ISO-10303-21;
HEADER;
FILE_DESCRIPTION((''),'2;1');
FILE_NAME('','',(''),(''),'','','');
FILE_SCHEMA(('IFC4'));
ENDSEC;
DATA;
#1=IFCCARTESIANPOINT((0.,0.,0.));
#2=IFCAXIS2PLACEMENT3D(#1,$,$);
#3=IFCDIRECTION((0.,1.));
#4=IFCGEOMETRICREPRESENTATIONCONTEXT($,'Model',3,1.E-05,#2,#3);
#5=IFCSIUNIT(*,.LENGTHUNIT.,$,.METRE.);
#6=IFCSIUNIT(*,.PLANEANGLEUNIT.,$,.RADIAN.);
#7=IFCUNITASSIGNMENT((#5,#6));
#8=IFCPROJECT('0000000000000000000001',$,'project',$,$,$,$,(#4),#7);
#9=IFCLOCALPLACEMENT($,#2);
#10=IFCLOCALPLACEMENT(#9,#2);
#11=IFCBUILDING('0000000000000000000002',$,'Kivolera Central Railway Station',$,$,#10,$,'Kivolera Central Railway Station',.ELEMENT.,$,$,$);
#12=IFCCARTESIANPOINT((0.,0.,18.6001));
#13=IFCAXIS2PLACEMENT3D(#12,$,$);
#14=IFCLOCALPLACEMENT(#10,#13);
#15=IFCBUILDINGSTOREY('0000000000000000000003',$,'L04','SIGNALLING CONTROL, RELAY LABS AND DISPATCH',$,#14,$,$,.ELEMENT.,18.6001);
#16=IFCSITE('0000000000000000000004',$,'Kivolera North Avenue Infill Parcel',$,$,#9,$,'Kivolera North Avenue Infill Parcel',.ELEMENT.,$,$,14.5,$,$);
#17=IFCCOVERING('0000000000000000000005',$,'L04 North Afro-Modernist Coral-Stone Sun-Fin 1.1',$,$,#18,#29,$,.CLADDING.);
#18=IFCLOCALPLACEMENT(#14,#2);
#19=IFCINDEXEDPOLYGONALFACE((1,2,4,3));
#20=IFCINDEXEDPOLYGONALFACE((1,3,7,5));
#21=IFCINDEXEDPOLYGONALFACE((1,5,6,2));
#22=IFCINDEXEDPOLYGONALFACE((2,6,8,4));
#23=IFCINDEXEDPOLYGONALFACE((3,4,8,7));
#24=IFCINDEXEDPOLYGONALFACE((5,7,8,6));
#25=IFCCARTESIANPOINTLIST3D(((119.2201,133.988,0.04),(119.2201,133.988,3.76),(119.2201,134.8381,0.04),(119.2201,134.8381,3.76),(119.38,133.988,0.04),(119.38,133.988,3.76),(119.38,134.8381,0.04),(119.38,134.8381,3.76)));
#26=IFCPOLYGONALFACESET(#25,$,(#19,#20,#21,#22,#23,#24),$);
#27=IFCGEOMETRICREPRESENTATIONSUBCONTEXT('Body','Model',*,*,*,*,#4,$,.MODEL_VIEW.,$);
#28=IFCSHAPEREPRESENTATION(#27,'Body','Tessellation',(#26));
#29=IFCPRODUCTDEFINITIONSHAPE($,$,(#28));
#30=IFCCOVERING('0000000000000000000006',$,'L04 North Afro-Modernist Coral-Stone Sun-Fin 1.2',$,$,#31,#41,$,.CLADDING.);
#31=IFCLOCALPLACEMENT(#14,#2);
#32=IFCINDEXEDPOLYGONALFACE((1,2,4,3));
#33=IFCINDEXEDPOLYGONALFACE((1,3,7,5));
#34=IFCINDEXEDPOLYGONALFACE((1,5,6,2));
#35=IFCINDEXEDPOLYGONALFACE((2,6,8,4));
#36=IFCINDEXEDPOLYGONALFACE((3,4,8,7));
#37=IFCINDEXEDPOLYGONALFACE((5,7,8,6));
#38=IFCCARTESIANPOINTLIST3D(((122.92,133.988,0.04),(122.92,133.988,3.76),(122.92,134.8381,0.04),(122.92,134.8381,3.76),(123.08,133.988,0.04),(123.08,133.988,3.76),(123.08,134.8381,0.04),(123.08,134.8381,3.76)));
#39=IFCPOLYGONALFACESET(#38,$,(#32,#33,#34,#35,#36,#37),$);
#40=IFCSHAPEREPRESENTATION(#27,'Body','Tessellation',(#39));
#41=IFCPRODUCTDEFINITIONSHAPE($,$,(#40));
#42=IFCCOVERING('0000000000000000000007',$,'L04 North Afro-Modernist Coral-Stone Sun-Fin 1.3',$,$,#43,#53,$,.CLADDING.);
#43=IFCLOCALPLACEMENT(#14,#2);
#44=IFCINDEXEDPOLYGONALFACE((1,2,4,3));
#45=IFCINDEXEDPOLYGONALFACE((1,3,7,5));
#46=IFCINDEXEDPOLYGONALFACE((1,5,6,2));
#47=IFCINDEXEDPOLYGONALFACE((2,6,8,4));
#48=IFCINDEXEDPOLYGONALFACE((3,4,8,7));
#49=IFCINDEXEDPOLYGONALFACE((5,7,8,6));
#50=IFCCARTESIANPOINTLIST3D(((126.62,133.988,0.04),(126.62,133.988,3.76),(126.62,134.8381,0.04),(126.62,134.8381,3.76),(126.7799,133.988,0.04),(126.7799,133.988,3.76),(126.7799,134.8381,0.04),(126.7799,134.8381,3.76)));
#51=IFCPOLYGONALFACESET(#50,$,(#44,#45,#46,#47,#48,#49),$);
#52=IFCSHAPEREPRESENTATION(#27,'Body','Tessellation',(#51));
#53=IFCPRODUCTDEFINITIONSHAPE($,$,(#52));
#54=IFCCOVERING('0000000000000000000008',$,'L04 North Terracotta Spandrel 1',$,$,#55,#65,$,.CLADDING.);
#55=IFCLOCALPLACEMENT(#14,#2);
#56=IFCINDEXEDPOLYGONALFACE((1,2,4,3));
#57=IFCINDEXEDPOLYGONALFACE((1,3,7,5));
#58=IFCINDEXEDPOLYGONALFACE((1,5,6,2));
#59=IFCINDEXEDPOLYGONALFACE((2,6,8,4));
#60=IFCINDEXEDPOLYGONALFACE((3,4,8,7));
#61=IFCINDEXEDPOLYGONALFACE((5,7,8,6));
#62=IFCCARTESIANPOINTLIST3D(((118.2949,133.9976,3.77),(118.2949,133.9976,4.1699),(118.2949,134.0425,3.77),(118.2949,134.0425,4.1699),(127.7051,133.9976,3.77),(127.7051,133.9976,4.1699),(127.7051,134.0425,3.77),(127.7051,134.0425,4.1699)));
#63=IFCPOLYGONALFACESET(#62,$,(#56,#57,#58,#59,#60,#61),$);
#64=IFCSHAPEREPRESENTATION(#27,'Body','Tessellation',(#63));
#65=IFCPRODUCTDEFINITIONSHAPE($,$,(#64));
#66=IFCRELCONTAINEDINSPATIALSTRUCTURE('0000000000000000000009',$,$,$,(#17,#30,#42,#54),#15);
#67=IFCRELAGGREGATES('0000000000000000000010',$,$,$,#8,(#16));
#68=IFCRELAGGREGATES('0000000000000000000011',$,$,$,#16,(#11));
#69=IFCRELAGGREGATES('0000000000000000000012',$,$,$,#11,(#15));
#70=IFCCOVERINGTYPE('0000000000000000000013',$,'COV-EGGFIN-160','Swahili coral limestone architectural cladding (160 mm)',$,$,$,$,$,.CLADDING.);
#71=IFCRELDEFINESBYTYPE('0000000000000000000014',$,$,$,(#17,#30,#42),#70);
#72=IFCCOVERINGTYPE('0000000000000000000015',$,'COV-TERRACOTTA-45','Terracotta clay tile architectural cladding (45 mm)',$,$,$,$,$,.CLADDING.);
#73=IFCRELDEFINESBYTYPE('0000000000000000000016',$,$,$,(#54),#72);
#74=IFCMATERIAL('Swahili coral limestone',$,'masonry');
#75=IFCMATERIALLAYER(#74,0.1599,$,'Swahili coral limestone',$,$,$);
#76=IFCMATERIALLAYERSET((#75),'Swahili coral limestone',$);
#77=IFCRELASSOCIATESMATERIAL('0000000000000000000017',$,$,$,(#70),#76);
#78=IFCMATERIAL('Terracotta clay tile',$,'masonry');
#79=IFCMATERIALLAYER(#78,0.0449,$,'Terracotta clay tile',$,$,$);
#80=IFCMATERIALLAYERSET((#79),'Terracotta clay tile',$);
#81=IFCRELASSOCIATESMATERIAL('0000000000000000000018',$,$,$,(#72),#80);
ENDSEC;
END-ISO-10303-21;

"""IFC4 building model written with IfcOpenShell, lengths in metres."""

from ifc_helpers import new_model, si_unit, direction, frame, frame_2d, origin, origin_2d, place, context, subcontext, project, spatial, rectangle, extrude, material, layer, layer_set, type_object, element, save


model = new_model("IFC4")

# Units and contexts
model_context = context("Model", 3, precision=1e-05, world=origin(), true_north=direction((0.0, 1.0)))
body_context = subcontext(model_context, "Body", "Model", "MODEL_VIEW")
ifc_project = project(units=[si_unit("LENGTHUNIT", "METRE"), si_unit("PLANEANGLEUNIT", "RADIAN")], contexts=[model_context])

# Site, building, storey
site_placement = place(None, origin())
site = spatial("IfcSite", under=ifc_project, at=site_placement, Name="Kivolera North Avenue Infill Parcel", LongName="Kivolera North Avenue Infill Parcel", CompositionType="ELEMENT", RefElevation=14.5)
building_placement = place(site_placement, origin())
building = spatial("IfcBuilding", under=site, at=building_placement, Name="Kivolera Central Railway Station", LongName="Kivolera Central Railway Station", CompositionType="ELEMENT")
storey_placement = place(building_placement, frame((0.0, 0.0, 18.6001)))
storey = spatial("IfcBuildingStorey", under=building, at=storey_placement, Name="L04", Description="SIGNALLING CONTROL, RELAY LABS AND DISPATCH", CompositionType="ELEMENT", Elevation=18.6001)

# Coverings
ifc_material_1 = material(Name="Swahili coral limestone", Category="masonry")
ifc_layer_1 = layer(ifc_material_1, 0.1599, Name="Swahili coral limestone")
ifc_layer_set_1 = layer_set([ifc_layer_1], Name="Swahili coral limestone")
covering_type_1 = type_object("IfcCoveringType", Name="COV-EGGFIN-160", Description="Swahili coral limestone architectural cladding (160 mm)", PredefinedType="CLADDING", material=ifc_layer_set_1)
for number, where, z_axis, x_axis, name in (
    (1, (119.3, 134.4131, 0.04), (0.0, 0.0, 1.0), (1.0, 0.0, 0.0), "L04 North Afro-Modernist Coral-Stone Sun-Fin 1.1"),
    (2, (123.0, 134.4131, 0.04), (0.0, 0.0, 1.0), (1.0, 0.0, 0.0), "L04 North Afro-Modernist Coral-Stone Sun-Fin 1.2"),
    (3, (126.7, 134.4131, 0.04), (0.0, 0.0, 1.0), (1.0, 0.0, 0.0), "L04 North Afro-Modernist Coral-Stone Sun-Fin 1.3"),
):
    element("IfcCovering", number, at=place(storey_placement, frame(where, z_axis=z_axis, x_axis=x_axis)), inside=storey, type_object=covering_type_1, Name=name, PredefinedType="CLADDING", context=body_context, shape_type="SweptSolid", body=[
        extrude(rectangle(XDim=0.1599, YDim=0.8501, at=origin_2d()), origin(), (0.0, 0.0, 1.0), 3.72),
    ])
ifc_material_2 = material(Name="Terracotta clay tile", Category="masonry")
ifc_layer_2 = layer(ifc_material_2, 0.0449, Name="Terracotta clay tile")
ifc_layer_set_2 = layer_set([ifc_layer_2], Name="Terracotta clay tile")
covering_type_2 = type_object("IfcCoveringType", Name="COV-TERRACOTTA-45", Description="Terracotta clay tile architectural cladding (45 mm)", PredefinedType="CLADDING", material=ifc_layer_set_2)
covering_1_placement = place(storey_placement, frame((118.2949, 134.02, 3.77), z_axis=(0.0, 0.0, 1.0), x_axis=(1.0, 0.0, 0.0)))
element("IfcCovering", 4, at=covering_1_placement, inside=storey, type_object=covering_type_2, Name="L04 North Terracotta Spandrel 1", PredefinedType="CLADDING", context=body_context, shape_type="SweptSolid", body=[
    extrude(rectangle(XDim=9.4102, YDim=0.0449, at=frame_2d((4.7051, 0.0))), origin(), (0.0, 0.0, 1.0), 0.3999),
])

save(model, "model.ifc")
